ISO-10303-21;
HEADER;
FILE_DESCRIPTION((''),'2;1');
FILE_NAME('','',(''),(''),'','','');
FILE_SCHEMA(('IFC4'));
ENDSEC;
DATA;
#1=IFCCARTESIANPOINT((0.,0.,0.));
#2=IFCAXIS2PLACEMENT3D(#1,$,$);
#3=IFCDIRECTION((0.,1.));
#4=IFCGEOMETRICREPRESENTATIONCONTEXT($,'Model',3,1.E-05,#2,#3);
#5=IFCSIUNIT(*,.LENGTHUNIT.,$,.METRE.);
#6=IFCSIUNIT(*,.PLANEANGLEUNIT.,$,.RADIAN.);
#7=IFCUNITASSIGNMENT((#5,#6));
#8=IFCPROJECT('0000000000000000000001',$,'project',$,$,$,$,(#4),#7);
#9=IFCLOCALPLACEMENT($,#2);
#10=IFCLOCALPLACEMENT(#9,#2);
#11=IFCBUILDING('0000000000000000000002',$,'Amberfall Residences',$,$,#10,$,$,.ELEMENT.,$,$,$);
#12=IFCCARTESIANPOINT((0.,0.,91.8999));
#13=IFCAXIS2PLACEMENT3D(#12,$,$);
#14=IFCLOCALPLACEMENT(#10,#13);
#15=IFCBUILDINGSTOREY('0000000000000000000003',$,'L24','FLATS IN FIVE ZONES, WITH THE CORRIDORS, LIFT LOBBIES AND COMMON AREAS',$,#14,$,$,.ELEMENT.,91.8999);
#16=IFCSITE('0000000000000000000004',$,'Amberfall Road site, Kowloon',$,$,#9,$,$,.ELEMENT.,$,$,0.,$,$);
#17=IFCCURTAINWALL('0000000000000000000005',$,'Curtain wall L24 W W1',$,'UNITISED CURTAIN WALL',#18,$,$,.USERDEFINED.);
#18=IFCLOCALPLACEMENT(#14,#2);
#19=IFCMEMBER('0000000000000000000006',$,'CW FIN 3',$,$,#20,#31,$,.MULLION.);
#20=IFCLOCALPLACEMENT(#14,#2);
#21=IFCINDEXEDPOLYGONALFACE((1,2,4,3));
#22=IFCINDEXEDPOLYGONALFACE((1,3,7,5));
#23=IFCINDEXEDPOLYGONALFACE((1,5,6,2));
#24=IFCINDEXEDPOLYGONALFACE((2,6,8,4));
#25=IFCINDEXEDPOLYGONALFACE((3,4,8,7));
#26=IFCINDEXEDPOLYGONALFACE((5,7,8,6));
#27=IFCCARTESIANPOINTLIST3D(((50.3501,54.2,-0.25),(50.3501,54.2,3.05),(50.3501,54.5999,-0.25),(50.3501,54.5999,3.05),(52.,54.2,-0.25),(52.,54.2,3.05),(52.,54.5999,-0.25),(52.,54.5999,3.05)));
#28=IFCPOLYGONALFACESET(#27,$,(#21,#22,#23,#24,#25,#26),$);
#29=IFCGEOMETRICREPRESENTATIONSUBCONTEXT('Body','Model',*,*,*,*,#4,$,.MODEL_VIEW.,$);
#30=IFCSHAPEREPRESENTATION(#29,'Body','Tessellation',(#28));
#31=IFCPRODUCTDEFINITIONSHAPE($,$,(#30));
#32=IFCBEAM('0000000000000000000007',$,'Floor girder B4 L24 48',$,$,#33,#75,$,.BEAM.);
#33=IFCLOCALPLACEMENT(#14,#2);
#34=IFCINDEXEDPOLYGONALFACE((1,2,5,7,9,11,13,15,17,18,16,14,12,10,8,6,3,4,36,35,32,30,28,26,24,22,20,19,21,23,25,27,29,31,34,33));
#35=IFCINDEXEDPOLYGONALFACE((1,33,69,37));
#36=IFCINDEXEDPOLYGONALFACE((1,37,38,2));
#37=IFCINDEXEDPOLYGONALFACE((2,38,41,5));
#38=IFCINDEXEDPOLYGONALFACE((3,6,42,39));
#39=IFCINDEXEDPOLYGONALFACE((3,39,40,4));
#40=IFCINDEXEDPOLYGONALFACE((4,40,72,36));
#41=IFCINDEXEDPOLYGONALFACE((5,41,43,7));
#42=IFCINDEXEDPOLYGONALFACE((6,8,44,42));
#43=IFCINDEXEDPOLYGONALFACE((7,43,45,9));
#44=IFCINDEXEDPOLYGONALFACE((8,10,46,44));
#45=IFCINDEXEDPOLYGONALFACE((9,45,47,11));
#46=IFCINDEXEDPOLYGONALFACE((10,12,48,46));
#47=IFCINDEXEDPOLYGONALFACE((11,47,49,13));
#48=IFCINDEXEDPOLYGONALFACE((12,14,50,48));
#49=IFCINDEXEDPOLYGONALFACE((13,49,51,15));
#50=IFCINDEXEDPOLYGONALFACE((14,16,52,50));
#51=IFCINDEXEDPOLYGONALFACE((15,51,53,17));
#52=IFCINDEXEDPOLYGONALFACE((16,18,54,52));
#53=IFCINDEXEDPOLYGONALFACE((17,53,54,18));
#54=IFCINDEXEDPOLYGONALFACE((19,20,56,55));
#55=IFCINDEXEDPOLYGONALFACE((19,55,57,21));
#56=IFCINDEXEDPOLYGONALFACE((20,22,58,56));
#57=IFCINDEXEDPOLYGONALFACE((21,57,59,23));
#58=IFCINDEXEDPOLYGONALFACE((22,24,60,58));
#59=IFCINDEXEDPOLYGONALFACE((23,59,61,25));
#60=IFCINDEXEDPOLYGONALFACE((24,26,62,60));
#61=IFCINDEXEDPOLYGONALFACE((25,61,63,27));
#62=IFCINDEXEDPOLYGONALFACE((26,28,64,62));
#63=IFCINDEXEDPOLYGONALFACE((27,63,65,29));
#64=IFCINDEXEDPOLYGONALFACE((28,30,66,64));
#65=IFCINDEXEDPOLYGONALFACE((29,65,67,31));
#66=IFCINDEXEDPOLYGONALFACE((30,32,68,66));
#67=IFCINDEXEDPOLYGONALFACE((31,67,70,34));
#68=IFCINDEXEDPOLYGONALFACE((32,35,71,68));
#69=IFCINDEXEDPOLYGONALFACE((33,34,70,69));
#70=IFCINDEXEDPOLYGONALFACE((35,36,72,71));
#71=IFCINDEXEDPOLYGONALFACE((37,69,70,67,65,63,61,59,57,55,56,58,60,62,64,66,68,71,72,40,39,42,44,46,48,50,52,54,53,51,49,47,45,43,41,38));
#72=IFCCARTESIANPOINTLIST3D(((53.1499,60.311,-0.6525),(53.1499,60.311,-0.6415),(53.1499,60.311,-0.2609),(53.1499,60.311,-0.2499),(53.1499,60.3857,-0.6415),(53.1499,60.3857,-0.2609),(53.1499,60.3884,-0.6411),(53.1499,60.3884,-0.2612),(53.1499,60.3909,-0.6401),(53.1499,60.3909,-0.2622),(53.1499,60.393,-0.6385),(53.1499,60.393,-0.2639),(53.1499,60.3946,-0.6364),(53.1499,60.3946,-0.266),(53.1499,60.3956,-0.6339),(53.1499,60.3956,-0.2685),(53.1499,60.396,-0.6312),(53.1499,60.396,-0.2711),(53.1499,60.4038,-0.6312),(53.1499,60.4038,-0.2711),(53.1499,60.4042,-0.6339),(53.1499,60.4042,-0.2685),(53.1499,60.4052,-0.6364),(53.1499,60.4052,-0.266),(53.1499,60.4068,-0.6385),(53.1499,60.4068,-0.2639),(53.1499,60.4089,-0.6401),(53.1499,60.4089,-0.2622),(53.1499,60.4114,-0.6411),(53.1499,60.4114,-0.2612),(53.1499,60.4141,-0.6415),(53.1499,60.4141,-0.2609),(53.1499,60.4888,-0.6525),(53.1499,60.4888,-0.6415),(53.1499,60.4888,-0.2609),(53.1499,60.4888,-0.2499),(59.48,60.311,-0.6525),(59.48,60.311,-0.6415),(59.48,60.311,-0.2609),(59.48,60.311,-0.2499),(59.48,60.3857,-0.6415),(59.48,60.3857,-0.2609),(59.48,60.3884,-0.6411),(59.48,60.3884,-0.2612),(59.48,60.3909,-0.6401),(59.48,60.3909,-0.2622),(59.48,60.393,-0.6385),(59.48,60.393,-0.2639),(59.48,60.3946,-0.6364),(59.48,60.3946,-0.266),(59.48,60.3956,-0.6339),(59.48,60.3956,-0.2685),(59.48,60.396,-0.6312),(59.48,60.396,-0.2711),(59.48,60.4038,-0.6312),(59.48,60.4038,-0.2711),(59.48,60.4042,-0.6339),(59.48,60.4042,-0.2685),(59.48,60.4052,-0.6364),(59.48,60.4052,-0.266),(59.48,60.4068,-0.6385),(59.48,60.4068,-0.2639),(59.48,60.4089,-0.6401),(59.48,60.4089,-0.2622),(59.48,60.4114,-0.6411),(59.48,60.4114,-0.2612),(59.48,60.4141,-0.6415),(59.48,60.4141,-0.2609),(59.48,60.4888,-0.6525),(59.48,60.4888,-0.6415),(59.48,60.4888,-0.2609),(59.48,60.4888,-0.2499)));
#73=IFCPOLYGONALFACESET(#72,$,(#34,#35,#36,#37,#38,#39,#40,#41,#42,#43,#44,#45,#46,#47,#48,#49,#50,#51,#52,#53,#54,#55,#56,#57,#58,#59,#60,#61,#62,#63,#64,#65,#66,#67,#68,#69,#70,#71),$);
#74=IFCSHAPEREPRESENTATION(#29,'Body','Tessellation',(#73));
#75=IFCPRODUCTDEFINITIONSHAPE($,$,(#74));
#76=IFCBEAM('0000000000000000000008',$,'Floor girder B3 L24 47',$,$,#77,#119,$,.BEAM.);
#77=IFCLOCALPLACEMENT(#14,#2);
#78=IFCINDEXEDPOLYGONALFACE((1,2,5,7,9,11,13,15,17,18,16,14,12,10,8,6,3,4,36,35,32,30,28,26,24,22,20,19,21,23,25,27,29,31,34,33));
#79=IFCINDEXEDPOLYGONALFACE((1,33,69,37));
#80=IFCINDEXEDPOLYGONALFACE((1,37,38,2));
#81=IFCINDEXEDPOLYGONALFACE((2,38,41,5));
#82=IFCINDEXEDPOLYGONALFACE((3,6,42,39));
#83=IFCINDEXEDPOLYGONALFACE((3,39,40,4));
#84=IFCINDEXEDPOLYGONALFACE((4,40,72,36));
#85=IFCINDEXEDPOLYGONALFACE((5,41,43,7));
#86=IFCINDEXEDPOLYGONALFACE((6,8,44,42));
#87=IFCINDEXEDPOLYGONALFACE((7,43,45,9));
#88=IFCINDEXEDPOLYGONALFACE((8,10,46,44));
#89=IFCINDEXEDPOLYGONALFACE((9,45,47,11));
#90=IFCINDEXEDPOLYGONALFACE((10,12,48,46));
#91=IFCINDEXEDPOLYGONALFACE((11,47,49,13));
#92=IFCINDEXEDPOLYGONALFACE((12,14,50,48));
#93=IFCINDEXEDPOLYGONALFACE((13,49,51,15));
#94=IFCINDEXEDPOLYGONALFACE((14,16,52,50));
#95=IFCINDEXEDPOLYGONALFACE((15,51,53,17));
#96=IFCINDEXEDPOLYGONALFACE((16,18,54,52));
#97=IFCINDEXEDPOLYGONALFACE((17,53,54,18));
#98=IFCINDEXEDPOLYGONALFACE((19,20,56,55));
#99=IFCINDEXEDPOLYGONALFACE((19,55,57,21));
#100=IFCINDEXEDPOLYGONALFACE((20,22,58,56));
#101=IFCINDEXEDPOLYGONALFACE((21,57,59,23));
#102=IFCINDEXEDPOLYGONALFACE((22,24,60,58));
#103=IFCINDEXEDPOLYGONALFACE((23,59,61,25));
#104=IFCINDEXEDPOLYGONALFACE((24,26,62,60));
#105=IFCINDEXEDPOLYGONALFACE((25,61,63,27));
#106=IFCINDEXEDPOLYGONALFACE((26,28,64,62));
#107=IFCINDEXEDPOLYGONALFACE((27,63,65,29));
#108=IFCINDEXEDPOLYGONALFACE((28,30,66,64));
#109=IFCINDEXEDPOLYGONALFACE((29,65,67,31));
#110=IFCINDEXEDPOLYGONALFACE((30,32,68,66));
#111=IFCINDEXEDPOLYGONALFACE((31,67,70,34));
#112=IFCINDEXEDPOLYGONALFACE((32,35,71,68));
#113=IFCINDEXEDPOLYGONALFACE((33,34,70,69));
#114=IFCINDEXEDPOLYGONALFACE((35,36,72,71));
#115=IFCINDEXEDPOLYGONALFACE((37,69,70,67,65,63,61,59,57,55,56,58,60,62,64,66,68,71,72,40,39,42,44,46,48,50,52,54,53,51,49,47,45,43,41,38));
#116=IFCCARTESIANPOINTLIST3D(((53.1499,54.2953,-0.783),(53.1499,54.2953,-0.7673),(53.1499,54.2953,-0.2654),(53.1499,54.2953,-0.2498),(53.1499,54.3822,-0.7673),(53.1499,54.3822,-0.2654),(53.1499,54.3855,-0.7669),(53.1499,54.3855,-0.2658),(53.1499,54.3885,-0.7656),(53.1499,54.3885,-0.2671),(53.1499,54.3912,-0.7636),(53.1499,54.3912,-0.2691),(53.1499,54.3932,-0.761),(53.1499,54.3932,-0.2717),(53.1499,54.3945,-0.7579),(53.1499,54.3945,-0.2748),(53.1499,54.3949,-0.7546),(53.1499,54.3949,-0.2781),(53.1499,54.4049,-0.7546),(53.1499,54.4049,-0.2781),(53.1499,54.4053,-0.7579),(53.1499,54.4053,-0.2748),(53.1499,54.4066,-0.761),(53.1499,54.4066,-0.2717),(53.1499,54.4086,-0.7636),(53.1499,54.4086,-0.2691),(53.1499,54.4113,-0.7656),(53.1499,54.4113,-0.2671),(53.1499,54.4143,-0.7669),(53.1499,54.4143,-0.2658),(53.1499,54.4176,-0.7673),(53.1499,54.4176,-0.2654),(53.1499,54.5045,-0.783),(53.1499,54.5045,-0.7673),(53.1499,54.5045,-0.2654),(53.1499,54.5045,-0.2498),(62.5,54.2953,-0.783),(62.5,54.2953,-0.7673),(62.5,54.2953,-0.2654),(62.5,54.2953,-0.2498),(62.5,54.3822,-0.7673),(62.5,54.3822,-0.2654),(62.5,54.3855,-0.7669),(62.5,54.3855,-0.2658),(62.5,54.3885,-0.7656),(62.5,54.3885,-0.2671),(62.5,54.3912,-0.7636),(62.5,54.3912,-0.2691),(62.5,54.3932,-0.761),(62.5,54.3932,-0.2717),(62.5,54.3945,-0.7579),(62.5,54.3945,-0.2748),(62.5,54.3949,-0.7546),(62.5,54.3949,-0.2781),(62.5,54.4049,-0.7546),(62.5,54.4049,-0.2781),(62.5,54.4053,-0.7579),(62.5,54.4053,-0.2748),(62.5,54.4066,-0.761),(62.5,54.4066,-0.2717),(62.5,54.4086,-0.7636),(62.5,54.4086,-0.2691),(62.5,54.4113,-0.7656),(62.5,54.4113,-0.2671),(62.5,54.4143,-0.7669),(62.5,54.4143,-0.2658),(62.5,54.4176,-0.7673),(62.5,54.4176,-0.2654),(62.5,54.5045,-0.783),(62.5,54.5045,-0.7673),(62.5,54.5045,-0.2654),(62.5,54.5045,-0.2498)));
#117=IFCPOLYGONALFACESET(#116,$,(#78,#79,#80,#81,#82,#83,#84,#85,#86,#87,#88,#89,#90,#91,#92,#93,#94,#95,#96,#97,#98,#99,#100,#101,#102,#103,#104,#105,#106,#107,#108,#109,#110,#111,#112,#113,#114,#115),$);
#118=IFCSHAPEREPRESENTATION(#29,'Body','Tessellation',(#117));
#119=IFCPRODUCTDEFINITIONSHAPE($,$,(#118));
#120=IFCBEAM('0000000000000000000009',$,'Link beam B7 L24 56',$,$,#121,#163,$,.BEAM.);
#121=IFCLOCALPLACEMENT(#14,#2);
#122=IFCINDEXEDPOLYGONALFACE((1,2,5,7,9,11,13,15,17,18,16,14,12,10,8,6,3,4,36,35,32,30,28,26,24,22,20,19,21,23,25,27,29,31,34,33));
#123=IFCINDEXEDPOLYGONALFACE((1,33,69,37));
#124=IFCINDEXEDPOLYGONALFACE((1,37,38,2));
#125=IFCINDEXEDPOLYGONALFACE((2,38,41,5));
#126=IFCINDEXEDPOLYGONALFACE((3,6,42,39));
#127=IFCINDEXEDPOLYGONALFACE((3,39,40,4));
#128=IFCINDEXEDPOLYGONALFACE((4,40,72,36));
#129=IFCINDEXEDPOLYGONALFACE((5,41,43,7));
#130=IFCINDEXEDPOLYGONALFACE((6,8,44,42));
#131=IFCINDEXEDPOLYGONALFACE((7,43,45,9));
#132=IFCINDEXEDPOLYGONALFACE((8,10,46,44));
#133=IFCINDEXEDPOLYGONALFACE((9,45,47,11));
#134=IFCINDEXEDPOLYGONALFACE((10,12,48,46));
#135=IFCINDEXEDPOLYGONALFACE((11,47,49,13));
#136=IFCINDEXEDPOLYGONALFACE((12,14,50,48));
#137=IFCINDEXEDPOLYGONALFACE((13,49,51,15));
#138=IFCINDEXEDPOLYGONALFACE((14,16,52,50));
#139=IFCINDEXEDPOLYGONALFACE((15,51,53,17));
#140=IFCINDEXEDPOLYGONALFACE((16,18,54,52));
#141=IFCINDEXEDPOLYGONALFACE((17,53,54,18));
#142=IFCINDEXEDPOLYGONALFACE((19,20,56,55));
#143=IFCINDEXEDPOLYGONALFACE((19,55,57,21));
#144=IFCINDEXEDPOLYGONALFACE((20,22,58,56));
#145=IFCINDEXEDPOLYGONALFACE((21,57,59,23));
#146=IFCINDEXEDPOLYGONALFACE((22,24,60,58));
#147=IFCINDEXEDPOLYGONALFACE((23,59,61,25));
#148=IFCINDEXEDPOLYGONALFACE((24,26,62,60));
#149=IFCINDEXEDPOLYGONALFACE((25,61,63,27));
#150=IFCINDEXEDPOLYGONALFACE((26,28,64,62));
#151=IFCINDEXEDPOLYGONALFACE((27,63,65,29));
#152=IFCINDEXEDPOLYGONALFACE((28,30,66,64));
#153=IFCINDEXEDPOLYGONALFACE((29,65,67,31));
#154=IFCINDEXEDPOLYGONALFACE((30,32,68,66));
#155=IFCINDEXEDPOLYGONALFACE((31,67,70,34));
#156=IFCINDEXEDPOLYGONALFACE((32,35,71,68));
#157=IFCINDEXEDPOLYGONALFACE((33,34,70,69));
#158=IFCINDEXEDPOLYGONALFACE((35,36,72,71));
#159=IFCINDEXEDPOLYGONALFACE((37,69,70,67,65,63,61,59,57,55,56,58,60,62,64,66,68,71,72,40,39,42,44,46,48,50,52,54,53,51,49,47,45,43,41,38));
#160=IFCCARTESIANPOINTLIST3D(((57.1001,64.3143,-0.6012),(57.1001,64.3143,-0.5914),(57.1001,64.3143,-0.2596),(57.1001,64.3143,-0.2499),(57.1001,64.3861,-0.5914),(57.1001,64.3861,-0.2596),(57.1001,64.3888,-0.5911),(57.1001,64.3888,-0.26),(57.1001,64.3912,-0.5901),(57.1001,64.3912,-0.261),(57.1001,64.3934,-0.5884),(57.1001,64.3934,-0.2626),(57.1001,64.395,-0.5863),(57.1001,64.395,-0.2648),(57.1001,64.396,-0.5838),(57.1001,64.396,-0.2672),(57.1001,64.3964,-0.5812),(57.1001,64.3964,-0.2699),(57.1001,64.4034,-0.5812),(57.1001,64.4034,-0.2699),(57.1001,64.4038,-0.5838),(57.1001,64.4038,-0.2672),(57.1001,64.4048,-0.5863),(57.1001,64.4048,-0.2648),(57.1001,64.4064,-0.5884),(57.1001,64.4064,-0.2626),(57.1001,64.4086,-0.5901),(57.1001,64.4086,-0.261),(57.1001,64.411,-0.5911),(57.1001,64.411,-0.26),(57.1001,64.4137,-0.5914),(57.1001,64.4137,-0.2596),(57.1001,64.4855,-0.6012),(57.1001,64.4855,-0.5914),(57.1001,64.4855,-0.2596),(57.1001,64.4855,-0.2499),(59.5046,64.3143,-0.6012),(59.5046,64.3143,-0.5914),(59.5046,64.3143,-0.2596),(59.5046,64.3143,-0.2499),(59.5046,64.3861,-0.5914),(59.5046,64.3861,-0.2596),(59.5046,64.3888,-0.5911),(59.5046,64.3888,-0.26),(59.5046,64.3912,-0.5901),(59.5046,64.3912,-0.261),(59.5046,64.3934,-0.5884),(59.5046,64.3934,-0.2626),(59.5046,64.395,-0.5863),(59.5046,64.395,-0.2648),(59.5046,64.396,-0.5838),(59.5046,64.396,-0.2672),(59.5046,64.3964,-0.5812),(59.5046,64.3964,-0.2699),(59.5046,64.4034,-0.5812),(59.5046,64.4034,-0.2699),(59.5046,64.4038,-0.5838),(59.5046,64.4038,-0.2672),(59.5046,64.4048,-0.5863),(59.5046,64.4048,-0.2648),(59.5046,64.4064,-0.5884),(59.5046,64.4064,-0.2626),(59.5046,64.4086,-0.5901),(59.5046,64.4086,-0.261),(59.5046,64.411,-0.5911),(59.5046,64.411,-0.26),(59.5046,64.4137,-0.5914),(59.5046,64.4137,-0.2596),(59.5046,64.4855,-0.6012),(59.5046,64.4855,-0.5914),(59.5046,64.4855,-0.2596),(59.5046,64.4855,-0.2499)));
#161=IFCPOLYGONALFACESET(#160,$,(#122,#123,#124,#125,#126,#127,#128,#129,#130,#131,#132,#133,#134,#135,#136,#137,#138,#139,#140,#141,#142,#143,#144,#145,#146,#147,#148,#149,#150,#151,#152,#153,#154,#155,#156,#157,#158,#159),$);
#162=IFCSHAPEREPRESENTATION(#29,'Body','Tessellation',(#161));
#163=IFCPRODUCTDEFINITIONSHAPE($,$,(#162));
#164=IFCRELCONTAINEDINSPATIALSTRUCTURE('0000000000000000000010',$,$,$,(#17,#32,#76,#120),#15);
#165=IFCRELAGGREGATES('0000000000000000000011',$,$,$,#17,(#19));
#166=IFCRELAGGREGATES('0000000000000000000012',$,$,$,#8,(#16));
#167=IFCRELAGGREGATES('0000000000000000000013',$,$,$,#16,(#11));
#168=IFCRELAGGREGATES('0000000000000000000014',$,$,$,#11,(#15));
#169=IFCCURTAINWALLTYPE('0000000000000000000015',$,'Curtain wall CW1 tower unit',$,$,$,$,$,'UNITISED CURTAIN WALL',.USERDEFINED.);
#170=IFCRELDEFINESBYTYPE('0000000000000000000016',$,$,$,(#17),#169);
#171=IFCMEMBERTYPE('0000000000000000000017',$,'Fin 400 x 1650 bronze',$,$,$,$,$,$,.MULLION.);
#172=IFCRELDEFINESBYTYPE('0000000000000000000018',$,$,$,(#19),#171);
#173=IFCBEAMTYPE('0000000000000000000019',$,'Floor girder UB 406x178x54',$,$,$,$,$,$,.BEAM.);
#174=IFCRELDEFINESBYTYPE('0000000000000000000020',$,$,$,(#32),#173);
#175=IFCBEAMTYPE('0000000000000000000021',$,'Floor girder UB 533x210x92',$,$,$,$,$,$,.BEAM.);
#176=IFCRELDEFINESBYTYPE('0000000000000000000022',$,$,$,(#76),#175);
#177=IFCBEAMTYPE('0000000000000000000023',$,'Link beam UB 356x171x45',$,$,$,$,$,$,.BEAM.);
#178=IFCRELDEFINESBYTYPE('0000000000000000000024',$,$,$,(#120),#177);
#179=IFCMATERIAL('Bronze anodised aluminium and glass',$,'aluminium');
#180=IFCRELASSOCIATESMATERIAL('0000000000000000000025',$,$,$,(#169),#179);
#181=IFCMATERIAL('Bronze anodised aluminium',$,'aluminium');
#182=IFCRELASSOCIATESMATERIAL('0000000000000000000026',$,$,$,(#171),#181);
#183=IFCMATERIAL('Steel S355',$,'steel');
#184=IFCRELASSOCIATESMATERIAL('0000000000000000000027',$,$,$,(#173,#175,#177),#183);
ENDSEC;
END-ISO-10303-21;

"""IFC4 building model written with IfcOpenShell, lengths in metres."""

from ifc_helpers import new_model, si_unit, direction, frame, origin, origin_2d, place, context, subcontext, project, spatial, rectangle, i_section, extrude, material, material_profile, profile_set, type_object, element, aggregate, save


model = new_model("IFC4")

# Units and contexts
model_context = context("Model", 3, precision=1e-05, world=origin(), true_north=direction((0.0, 1.0)))
body_context = subcontext(model_context, "Body", "Model", "MODEL_VIEW")
ifc_project = project(units=[si_unit("LENGTHUNIT", "METRE"), si_unit("PLANEANGLEUNIT", "RADIAN")], contexts=[model_context])

# Site, building, storey
site_placement = place(None, origin())
site = spatial("IfcSite", under=ifc_project, at=site_placement, Name="Amberfall Road site, Kowloon", CompositionType="ELEMENT", RefElevation=0.0)
building_placement = place(site_placement, origin())
building = spatial("IfcBuilding", under=site, at=building_placement, Name="Amberfall Residences", CompositionType="ELEMENT")
storey_placement = place(building_placement, frame((0.0, 0.0, 91.8999)))
storey = spatial("IfcBuildingStorey", under=building, at=storey_placement, Name="L24", Description="FLATS IN FIVE ZONES, WITH THE CORRIDORS, LIFT LOBBIES AND COMMON AREAS", CompositionType="ELEMENT", Elevation=91.8999)

# Shared definitions
ifc_material_1 = material(Name="Bronze anodised aluminium and glass", Category="aluminium")
curtain_wall_type = type_object("IfcCurtainWallType", Name="Curtain wall CW1 tower unit", ElementType="UNITISED CURTAIN WALL", PredefinedType="USERDEFINED", material=ifc_material_1)
ifc_material_2 = material(Name="Bronze anodised aluminium", Category="aluminium")

# Curtain wall
curtain_wall_1_placement = place(storey_placement, origin())
curtain_wall_1 = element("IfcCurtainWall", 1, at=curtain_wall_1_placement, inside=storey, type_object=curtain_wall_type, Name="Curtain wall L24 W W1", ObjectType="UNITISED CURTAIN WALL", PredefinedType="USERDEFINED")

# Shared definitions
ifc_material_3 = material(Name="Steel S355", Category="steel")

# Member
ifc_material_profile_1 = material_profile(ifc_material_2, rectangle(XDim=1.6499, YDim=0.3999, at=origin_2d()), Name="Fin 400 x 1650 bronze")
ifc_profile_set_1 = profile_set([ifc_material_profile_1], Name="Bronze anodised aluminium")
member_type_1 = type_object("IfcMemberType", Name="Fin 400 x 1650 bronze", PredefinedType="MULLION", material=ifc_profile_set_1)
member_1_placement = place(storey_placement, frame((51.175, 54.3999, -0.25), z_axis=(0.0, 0.0, 1.0), x_axis=(1.0, 0.0, 0.0)))
member_1 = element("IfcMember", 2, at=member_1_placement, type_object=member_type_1, Name="CW FIN 3", PredefinedType="MULLION", context=body_context, shape_type="SweptSolid", body=[
    extrude(rectangle(XDim=1.6499, YDim=0.3999, at=origin_2d()), origin(), (0.0, 0.0, 1.0), 3.3),
])

# Beams
ifc_material_profile_2 = material_profile(ifc_material_3, i_section(OverallWidth=0.1777, OverallDepth=0.4026, WebThickness=0.0078, FlangeThickness=0.011, FilletRadius=0.0103, at=origin_2d()), Name="UB 406x178x54")
ifc_profile_set_2 = profile_set([ifc_material_profile_2], Name="Steel S355")
beam_type_1 = type_object("IfcBeamType", Name="Floor girder UB 406x178x54", PredefinedType="BEAM", material=ifc_profile_set_2)
beam_1_placement = place(storey_placement, frame((53.1499, 60.3999, -0.4512), z_axis=(1.0, 0.0, 0.0), x_axis=(0.0, 1.0, 0.0)))
element("IfcBeam", 3, at=beam_1_placement, inside=storey, type_object=beam_type_1, Name="Floor girder B4 L24 48", PredefinedType="BEAM", context=body_context, shape_type="SweptSolid", body=[
    extrude(i_section(OverallWidth=0.1777, OverallDepth=0.4026, WebThickness=0.0078, FlangeThickness=0.011, FilletRadius=0.0103, at=origin_2d()), origin(), (0.0, 0.0, 1.0), 6.3301),
])
ifc_material_profile_3 = material_profile(ifc_material_3, i_section(OverallWidth=0.2092, OverallDepth=0.5332, WebThickness=0.01, FlangeThickness=0.0156, FilletRadius=0.0127, at=origin_2d()), Name="UB 533x210x92")
ifc_profile_set_3 = profile_set([ifc_material_profile_3], Name="Steel S355")
beam_type_2 = type_object("IfcBeamType", Name="Floor girder UB 533x210x92", PredefinedType="BEAM", material=ifc_profile_set_3)
beam_2_placement = place(storey_placement, frame((53.1499, 54.3999, -0.5164), z_axis=(1.0, 0.0, 0.0), x_axis=(0.0, 1.0, 0.0)))
element("IfcBeam", 4, at=beam_2_placement, inside=storey, type_object=beam_type_2, Name="Floor girder B3 L24 47", PredefinedType="BEAM", context=body_context, shape_type="SweptSolid", body=[
    extrude(i_section(OverallWidth=0.2092, OverallDepth=0.5332, WebThickness=0.01, FlangeThickness=0.0156, FilletRadius=0.0127, at=origin_2d()), origin(), (0.0, 0.0, 1.0), 9.3501),
])
ifc_material_profile_4 = material_profile(ifc_material_3, i_section(OverallWidth=0.1711, OverallDepth=0.3513, WebThickness=0.0071, FlangeThickness=0.0098, FilletRadius=0.0103, at=origin_2d()), Name="UB 356x171x45")
ifc_profile_set_4 = profile_set([ifc_material_profile_4], Name="Steel S355")
beam_type_3 = type_object("IfcBeamType", Name="Link beam UB 356x171x45", PredefinedType="BEAM", material=ifc_profile_set_4)
beam_3_placement = place(storey_placement, frame((57.1001, 64.3999, -0.4255), z_axis=(1.0, 0.0, 0.0), x_axis=(0.0, 1.0, 0.0)))
element("IfcBeam", 5, at=beam_3_placement, inside=storey, type_object=beam_type_3, Name="Link beam B7 L24 56", PredefinedType="BEAM", context=body_context, shape_type="SweptSolid", body=[
    extrude(i_section(OverallWidth=0.1711, OverallDepth=0.3513, WebThickness=0.0071, FlangeThickness=0.0098, FilletRadius=0.0103, at=origin_2d()), origin(), (0.0, 0.0, 1.0), 2.4045),
])

aggregate(curtain_wall_1, [member_1])

save(model, "model.ifc")
